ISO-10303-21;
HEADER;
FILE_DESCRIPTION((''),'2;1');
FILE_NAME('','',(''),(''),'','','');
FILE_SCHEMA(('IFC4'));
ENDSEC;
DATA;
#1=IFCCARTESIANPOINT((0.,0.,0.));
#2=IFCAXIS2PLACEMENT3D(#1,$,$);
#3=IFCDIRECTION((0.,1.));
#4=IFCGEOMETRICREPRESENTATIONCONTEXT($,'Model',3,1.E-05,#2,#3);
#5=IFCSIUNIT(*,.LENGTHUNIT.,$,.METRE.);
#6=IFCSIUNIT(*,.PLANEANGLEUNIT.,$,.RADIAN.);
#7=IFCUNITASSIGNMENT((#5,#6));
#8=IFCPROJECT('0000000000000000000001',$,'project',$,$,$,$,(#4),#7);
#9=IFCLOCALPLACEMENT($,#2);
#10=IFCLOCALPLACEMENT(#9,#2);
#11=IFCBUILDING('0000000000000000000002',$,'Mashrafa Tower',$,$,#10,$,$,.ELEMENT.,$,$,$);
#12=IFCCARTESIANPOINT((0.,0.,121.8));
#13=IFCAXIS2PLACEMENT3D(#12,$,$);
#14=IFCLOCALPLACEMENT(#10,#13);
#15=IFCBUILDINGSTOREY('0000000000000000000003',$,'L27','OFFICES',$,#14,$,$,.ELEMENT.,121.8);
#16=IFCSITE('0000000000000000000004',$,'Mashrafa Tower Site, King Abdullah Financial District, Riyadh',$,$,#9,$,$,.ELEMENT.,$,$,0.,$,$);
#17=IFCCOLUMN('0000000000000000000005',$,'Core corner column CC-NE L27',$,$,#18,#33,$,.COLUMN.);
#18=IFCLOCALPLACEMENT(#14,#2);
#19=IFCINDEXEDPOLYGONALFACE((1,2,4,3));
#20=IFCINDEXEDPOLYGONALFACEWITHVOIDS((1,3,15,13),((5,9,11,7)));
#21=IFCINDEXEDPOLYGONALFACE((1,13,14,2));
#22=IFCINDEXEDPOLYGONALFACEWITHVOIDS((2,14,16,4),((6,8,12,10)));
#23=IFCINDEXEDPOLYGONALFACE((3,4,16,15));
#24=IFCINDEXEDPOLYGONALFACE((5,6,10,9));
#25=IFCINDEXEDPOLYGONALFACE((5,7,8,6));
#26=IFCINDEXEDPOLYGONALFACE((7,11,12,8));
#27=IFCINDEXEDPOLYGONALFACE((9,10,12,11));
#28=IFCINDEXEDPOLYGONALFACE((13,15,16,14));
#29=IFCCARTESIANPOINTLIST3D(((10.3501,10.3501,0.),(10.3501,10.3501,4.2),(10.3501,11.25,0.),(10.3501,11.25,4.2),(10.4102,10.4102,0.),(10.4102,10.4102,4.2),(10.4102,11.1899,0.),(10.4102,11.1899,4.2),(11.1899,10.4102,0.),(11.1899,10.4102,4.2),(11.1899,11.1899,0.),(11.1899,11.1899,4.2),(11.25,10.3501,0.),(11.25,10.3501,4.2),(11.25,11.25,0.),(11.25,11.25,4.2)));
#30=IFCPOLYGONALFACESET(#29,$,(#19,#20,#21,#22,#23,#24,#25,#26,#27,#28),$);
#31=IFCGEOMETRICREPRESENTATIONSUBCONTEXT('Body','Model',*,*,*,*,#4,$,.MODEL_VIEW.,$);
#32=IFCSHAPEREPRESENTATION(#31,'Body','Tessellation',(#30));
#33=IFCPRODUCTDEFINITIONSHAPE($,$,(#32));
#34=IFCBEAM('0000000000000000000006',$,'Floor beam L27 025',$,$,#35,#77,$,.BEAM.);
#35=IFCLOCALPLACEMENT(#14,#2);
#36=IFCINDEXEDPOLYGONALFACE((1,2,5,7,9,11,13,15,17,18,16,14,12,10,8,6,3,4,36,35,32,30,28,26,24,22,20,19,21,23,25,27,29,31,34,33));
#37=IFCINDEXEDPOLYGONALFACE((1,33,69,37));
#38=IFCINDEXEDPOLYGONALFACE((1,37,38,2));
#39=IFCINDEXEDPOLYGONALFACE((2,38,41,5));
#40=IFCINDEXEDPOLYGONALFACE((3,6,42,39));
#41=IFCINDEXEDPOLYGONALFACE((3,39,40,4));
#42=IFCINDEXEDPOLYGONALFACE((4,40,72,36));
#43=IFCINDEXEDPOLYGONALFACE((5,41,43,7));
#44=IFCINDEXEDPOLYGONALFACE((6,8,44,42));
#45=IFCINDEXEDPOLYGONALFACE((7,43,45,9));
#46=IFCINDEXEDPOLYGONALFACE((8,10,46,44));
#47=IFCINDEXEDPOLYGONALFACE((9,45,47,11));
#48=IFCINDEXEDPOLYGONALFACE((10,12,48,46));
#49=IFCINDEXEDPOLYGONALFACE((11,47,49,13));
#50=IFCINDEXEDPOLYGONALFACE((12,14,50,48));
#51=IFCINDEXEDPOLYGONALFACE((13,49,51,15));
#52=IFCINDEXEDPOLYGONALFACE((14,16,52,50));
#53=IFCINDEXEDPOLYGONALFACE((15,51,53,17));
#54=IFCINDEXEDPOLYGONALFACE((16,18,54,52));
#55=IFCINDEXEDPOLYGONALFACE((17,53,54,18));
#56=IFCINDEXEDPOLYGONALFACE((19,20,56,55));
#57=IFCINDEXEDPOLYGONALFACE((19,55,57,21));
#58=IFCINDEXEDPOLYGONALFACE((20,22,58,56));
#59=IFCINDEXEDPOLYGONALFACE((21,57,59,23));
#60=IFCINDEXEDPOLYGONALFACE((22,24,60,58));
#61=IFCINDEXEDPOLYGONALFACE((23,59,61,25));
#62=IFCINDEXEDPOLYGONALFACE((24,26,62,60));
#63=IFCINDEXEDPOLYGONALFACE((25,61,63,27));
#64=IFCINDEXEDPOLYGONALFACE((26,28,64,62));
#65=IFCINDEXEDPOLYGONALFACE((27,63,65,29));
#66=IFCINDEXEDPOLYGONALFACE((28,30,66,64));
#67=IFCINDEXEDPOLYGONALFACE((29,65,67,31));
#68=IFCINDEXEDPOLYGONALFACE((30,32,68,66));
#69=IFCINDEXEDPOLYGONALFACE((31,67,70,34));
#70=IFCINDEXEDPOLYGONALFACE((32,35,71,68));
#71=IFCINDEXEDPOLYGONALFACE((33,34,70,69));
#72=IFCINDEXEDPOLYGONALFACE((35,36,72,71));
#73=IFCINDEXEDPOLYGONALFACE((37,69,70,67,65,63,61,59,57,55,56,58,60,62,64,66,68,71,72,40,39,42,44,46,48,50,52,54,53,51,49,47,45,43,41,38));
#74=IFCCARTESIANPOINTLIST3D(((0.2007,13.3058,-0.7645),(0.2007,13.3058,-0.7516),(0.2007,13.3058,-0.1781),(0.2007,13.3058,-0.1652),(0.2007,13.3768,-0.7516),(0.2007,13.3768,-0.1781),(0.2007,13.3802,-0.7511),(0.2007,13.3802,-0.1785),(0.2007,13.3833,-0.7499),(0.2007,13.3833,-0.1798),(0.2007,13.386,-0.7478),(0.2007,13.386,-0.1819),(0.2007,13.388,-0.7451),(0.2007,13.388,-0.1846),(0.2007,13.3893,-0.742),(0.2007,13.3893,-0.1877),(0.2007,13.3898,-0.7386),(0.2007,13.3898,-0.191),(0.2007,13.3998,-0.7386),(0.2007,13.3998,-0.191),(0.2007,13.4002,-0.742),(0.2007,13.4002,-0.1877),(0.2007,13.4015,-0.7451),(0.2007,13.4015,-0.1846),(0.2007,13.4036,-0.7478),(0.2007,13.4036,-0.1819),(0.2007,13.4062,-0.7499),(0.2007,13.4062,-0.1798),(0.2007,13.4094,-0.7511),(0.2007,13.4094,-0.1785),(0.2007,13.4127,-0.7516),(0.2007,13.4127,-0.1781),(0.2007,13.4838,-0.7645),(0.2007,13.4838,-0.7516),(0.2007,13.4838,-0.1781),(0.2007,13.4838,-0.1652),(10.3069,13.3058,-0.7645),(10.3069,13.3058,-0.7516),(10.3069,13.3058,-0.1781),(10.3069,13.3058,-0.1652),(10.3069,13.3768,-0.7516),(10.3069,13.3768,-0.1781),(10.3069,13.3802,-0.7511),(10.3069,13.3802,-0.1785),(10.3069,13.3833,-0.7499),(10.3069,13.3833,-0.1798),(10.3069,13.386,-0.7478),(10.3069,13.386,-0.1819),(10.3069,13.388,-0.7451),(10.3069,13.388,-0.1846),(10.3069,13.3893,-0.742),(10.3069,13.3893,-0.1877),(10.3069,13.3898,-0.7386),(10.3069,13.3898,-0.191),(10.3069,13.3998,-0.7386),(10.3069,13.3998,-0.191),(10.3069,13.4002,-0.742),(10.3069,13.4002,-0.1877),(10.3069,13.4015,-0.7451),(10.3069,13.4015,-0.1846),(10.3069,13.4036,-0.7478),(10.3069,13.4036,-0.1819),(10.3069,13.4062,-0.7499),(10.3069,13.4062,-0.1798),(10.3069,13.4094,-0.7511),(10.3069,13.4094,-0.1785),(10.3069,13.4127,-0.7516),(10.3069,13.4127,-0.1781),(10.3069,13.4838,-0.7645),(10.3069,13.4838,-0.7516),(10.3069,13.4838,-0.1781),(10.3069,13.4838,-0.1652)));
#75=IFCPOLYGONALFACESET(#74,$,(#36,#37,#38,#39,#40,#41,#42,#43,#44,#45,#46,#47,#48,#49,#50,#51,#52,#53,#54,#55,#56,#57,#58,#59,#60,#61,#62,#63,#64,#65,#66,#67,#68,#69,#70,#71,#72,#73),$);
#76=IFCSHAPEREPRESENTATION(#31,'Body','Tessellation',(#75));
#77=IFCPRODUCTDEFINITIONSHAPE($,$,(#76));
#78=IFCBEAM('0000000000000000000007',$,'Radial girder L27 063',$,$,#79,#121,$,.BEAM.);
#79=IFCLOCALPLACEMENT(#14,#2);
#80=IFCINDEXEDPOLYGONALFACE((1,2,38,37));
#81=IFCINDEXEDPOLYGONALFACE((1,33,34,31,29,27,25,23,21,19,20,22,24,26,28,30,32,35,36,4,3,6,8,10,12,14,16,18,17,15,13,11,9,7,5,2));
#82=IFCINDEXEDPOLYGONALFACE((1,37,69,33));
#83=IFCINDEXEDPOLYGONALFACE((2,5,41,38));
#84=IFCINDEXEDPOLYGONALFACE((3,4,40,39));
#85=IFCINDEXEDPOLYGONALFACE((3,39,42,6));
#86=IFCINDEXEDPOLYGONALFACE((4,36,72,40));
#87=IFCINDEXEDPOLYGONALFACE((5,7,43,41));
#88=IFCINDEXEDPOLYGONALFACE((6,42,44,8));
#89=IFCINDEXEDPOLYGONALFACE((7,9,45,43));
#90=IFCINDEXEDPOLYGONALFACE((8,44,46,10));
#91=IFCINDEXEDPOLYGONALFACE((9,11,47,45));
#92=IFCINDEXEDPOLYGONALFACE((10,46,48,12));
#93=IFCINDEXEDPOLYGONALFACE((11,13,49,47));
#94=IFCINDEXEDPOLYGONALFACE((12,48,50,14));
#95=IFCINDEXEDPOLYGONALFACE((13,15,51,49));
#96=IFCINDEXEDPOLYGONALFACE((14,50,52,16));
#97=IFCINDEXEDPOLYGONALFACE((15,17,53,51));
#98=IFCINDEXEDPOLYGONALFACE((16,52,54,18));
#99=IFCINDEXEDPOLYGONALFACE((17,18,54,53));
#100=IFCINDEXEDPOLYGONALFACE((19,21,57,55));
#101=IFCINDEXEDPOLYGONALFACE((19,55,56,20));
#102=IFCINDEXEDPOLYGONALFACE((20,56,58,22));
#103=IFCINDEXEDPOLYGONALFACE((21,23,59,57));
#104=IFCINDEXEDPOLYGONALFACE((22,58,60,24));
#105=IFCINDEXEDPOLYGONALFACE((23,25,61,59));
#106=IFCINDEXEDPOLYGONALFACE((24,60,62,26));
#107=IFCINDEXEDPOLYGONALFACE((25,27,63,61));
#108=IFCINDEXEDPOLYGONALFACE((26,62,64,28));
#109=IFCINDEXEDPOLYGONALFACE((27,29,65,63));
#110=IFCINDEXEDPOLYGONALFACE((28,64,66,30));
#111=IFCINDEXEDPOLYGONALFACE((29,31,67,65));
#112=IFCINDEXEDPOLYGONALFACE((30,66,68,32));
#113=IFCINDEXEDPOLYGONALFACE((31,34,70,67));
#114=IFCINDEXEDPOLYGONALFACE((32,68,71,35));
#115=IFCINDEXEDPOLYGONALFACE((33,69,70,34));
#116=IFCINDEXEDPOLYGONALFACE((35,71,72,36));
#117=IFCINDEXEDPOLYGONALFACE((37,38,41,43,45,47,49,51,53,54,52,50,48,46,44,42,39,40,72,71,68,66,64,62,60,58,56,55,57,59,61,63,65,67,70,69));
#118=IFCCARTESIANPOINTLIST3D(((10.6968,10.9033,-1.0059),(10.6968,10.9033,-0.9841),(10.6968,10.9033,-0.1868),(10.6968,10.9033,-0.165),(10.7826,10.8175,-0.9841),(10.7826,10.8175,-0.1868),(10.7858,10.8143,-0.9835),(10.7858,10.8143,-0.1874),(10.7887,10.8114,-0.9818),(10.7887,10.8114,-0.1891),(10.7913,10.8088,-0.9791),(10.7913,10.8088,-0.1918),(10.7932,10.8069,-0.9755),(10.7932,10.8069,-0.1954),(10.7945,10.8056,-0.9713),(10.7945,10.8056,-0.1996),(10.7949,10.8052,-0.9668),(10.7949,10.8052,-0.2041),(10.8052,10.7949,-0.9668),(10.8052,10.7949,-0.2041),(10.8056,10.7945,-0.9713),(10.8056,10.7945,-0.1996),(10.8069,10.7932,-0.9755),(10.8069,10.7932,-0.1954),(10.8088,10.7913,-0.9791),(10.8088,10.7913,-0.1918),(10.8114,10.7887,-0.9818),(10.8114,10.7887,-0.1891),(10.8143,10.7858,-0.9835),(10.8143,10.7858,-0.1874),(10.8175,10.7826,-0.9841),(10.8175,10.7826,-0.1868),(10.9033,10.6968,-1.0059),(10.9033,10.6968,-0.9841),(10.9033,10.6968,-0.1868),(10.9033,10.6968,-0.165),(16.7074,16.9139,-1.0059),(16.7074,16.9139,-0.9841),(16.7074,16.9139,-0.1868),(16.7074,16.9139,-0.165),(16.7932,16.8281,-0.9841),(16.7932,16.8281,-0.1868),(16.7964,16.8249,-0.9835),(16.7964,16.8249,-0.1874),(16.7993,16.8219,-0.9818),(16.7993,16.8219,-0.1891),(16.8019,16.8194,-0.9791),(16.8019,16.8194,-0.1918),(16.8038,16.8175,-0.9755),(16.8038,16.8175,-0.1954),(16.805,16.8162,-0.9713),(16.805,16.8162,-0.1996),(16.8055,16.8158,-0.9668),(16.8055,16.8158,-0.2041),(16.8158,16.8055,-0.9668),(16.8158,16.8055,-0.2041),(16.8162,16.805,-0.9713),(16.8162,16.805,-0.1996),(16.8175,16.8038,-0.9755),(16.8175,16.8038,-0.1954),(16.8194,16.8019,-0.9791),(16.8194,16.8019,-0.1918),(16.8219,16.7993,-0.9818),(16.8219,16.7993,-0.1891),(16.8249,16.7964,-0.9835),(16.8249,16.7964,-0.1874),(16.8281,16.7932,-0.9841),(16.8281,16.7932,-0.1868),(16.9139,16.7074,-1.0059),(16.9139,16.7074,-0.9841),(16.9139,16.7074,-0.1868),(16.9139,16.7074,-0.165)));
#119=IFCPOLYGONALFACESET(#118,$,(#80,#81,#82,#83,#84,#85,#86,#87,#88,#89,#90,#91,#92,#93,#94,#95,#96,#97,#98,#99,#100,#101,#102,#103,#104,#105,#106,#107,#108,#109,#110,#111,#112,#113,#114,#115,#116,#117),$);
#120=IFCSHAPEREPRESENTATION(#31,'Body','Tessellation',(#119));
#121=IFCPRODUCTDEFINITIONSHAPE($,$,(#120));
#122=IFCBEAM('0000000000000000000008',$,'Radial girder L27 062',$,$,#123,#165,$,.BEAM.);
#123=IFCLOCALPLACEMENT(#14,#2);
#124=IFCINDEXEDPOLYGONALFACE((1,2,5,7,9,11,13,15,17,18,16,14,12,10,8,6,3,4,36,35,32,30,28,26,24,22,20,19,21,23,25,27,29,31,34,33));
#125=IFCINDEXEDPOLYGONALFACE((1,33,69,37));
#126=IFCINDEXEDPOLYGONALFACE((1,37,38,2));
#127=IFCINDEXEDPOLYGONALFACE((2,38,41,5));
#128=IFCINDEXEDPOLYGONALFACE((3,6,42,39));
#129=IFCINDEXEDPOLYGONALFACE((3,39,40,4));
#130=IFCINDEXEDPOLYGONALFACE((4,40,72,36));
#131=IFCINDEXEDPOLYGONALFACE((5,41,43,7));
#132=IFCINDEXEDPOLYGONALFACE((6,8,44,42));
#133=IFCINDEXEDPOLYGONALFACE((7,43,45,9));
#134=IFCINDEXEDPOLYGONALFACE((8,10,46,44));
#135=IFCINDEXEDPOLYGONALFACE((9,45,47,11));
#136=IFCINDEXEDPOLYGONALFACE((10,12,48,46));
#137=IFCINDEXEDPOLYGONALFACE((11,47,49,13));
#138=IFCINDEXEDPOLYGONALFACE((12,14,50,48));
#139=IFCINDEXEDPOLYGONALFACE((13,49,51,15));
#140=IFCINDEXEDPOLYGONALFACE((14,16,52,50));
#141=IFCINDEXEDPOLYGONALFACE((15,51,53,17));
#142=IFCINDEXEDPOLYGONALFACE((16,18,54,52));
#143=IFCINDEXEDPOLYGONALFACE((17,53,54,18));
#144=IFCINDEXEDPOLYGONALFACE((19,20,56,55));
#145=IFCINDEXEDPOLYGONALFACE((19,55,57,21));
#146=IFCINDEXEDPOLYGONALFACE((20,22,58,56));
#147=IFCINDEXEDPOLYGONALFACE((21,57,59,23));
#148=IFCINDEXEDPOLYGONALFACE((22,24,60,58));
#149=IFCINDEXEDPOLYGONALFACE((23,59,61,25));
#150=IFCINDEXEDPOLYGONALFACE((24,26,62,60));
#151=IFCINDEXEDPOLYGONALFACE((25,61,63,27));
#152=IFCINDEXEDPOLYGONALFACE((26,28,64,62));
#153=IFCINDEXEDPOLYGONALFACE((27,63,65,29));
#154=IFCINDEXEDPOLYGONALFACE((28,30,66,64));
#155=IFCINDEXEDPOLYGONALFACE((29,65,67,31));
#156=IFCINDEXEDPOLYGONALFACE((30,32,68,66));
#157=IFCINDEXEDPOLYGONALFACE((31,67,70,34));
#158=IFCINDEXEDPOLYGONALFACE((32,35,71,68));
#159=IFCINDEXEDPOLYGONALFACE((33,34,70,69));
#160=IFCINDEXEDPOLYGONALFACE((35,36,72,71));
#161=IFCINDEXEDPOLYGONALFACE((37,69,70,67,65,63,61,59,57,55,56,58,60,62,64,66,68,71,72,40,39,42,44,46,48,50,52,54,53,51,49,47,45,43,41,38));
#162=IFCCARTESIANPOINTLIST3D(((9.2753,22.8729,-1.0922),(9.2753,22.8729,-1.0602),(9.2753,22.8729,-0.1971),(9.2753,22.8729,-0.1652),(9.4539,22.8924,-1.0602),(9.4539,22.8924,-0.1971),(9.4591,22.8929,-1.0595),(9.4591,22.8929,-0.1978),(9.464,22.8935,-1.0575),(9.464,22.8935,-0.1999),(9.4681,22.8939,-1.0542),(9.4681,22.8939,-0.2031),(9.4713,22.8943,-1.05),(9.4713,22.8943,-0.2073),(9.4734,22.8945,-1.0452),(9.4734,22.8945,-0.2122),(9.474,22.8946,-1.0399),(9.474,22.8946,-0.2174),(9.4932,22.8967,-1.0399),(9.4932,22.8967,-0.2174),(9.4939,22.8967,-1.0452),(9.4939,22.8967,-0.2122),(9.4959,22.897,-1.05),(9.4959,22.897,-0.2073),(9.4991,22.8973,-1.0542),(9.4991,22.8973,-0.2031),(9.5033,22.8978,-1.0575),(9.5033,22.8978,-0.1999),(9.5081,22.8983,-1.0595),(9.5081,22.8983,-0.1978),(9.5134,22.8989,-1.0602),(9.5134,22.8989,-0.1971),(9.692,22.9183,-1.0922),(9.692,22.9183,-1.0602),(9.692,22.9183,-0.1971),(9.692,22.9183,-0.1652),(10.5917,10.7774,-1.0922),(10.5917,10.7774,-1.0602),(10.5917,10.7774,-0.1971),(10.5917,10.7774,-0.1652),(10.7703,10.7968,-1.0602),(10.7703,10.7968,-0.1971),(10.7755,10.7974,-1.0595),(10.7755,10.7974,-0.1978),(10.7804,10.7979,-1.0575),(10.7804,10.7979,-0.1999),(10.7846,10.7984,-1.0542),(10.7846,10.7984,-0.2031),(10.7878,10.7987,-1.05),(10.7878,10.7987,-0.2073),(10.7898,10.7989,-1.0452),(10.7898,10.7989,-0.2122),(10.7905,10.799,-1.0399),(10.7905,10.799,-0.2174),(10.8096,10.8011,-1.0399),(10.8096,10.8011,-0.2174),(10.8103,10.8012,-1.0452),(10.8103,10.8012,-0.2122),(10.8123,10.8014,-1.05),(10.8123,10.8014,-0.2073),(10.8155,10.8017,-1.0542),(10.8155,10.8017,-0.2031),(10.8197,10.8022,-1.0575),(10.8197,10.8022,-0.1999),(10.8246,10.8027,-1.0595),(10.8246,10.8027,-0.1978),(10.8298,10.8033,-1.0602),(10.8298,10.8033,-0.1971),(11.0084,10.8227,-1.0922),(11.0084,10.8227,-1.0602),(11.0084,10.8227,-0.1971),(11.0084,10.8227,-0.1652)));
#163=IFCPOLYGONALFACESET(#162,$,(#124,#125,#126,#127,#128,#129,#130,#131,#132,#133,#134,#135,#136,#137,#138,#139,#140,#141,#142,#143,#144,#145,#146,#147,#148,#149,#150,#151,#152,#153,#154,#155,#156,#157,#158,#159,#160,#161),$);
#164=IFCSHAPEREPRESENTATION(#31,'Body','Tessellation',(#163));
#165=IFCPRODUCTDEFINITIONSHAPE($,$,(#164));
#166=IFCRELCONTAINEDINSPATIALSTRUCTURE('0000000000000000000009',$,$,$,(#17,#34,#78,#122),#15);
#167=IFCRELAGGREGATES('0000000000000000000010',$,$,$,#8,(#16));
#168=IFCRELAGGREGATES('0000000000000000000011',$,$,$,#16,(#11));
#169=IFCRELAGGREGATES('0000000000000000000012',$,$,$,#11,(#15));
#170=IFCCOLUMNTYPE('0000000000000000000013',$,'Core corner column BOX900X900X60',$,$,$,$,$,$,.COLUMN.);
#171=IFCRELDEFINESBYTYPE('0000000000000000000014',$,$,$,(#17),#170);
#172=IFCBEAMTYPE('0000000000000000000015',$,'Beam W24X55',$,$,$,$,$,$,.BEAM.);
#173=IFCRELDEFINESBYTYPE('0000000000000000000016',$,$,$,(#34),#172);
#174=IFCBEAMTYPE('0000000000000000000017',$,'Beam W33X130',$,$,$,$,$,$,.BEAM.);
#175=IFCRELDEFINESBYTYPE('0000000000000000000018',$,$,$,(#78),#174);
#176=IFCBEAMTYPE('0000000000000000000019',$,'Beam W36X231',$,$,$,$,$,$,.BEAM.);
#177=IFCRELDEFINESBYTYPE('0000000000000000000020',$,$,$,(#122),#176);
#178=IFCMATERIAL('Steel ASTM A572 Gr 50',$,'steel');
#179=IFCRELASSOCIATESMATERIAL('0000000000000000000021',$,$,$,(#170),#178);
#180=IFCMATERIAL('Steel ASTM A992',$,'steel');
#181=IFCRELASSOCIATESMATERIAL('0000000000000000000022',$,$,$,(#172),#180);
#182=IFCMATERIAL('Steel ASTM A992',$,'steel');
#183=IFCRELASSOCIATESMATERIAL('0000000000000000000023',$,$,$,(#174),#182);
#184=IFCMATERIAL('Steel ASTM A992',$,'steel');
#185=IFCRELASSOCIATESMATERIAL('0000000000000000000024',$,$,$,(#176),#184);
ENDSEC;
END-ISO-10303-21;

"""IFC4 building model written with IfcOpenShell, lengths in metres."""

from ifc_helpers import new_model, si_unit, direction, frame, origin, origin_2d, place, context, subcontext, project, spatial, hollow_rectangle, i_section, extrude, material, material_profile, profile_set, type_object, element, save


model = new_model("IFC4")

# Units and contexts
model_context = context("Model", 3, precision=1e-05, world=origin(), true_north=direction((0.0, 1.0)))
body_context = subcontext(model_context, "Body", "Model", "MODEL_VIEW")
ifc_project = project(units=[si_unit("LENGTHUNIT", "METRE"), si_unit("PLANEANGLEUNIT", "RADIAN")], contexts=[model_context])

# Site, building, storey
site_placement = place(None, origin())
site = spatial("IfcSite", under=ifc_project, at=site_placement, Name="Mashrafa Tower Site, King Abdullah Financial District, Riyadh", CompositionType="ELEMENT", RefElevation=0.0)
building_placement = place(site_placement, origin())
building = spatial("IfcBuilding", under=site, at=building_placement, Name="Mashrafa Tower", CompositionType="ELEMENT")
storey_placement = place(building_placement, frame((0.0, 0.0, 121.8)))
storey = spatial("IfcBuildingStorey", under=building, at=storey_placement, Name="L27", Description="OFFICES", CompositionType="ELEMENT", Elevation=121.8)

# Column
ifc_material_1 = material(Name="Steel ASTM A572 Gr 50", Category="steel")
ifc_material_profile_1 = material_profile(ifc_material_1, hollow_rectangle(XDim=0.8999, YDim=0.8999, WallThickness=0.0601, at=origin_2d()), Name="BOX900X900X60")
ifc_profile_set_1 = profile_set([ifc_material_profile_1], Name="Steel ASTM A572 Gr 50")
column_type = type_object("IfcColumnType", Name="Core corner column BOX900X900X60", PredefinedType="COLUMN", material=ifc_profile_set_1)
column_placement = place(storey_placement, frame((10.8, 10.8, 0.0), z_axis=(0.0, 0.0, 1.0), x_axis=(1.0, 0.0, 0.0)))
element("IfcColumn", 1, at=column_placement, inside=storey, type_object=column_type, Name="Core corner column CC-NE L27", PredefinedType="COLUMN", context=body_context, shape_type="SweptSolid", body=[
    extrude(hollow_rectangle(XDim=0.8999, YDim=0.8999, WallThickness=0.0601, at=origin_2d()), origin(), (0.0, 0.0, 1.0), 4.2),
])

# Beams
ifc_material_2 = material(Name="Steel ASTM A992", Category="steel")
ifc_material_profile_2 = material_profile(ifc_material_2, i_section(OverallWidth=0.178, OverallDepth=0.5994, WebThickness=0.01, FlangeThickness=0.0129, FilletRadius=0.0129, at=origin_2d()), Name="W24X55")
ifc_profile_set_2 = profile_set([ifc_material_profile_2], Name="Steel ASTM A992")
beam_type_1 = type_object("IfcBeamType", Name="Beam W24X55", PredefinedType="BEAM", material=ifc_profile_set_2)
beam_1_placement = place(storey_placement, frame((0.2007, 13.3948, -0.4648), z_axis=(1.0, 0.0, 0.0), x_axis=(0.0, 1.0, 0.0)))
element("IfcBeam", 2, at=beam_1_placement, inside=storey, type_object=beam_type_1, Name="Floor beam L27 025", PredefinedType="BEAM", context=body_context, shape_type="SweptSolid", body=[
    extrude(i_section(OverallWidth=0.178, OverallDepth=0.5994, WebThickness=0.01, FlangeThickness=0.0129, FilletRadius=0.0129, at=origin_2d()), origin(), (0.0, 0.0, 1.0), 10.1062),
])
ifc_material_3 = material(Name="Steel ASTM A992", Category="steel")
ifc_material_profile_3 = material_profile(ifc_material_3, i_section(OverallWidth=0.292, OverallDepth=0.8408, WebThickness=0.0146, FlangeThickness=0.0217, FilletRadius=0.0173, at=origin_2d()), Name="W33X130")
ifc_profile_set_3 = profile_set([ifc_material_profile_3], Name="Steel ASTM A992")
beam_type_2 = type_object("IfcBeamType", Name="Beam W33X130", PredefinedType="BEAM", material=ifc_profile_set_3)
beam_2_placement = place(storey_placement, frame((10.8, 10.8, -0.5854), z_axis=(0.707107, 0.707107, 0.0), x_axis=(-0.707107, 0.707107, 0.0)))
element("IfcBeam", 3, at=beam_2_placement, inside=storey, type_object=beam_type_2, Name="Radial girder L27 063", PredefinedType="BEAM", context=body_context, shape_type="SweptSolid", body=[
    extrude(i_section(OverallWidth=0.292, OverallDepth=0.8408, WebThickness=0.0146, FlangeThickness=0.0217, FilletRadius=0.0173, at=origin_2d()), origin(), (0.0, 0.0, 1.0), 8.5002),
])
ifc_material_4 = material(Name="Steel ASTM A992", Category="steel")
ifc_material_profile_4 = material_profile(ifc_material_4, i_section(OverallWidth=0.4192, OverallDepth=0.927, WebThickness=0.0193, FlangeThickness=0.032, FilletRadius=0.0203, at=origin_2d()), Name="W36X231")
ifc_profile_set_4 = profile_set([ifc_material_profile_4], Name="Steel ASTM A992")
beam_type_3 = type_object("IfcBeamType", Name="Beam W36X231", PredefinedType="BEAM", material=ifc_profile_set_4)
for number, where, z_axis, x_axis, name in (
    (4, (10.8, 10.8, -0.6287), (-0.108196, 0.99413, 0.0), (-0.99413, -0.108196, 0.0), "Radial girder L27 062"),
):
    element("IfcBeam", number, at=place(storey_placement, frame(where, z_axis=z_axis, x_axis=x_axis)), inside=storey, type_object=beam_type_3, Name=name, PredefinedType="BEAM", context=body_context, shape_type="SweptSolid", body=[
        extrude(i_section(OverallWidth=0.4192, OverallDepth=0.927, WebThickness=0.0193, FlangeThickness=0.032, FilletRadius=0.0203, at=origin_2d()), origin(), (0.0, 0.0, 1.0), 12.167),
    ])

save(model, "model.ifc")
